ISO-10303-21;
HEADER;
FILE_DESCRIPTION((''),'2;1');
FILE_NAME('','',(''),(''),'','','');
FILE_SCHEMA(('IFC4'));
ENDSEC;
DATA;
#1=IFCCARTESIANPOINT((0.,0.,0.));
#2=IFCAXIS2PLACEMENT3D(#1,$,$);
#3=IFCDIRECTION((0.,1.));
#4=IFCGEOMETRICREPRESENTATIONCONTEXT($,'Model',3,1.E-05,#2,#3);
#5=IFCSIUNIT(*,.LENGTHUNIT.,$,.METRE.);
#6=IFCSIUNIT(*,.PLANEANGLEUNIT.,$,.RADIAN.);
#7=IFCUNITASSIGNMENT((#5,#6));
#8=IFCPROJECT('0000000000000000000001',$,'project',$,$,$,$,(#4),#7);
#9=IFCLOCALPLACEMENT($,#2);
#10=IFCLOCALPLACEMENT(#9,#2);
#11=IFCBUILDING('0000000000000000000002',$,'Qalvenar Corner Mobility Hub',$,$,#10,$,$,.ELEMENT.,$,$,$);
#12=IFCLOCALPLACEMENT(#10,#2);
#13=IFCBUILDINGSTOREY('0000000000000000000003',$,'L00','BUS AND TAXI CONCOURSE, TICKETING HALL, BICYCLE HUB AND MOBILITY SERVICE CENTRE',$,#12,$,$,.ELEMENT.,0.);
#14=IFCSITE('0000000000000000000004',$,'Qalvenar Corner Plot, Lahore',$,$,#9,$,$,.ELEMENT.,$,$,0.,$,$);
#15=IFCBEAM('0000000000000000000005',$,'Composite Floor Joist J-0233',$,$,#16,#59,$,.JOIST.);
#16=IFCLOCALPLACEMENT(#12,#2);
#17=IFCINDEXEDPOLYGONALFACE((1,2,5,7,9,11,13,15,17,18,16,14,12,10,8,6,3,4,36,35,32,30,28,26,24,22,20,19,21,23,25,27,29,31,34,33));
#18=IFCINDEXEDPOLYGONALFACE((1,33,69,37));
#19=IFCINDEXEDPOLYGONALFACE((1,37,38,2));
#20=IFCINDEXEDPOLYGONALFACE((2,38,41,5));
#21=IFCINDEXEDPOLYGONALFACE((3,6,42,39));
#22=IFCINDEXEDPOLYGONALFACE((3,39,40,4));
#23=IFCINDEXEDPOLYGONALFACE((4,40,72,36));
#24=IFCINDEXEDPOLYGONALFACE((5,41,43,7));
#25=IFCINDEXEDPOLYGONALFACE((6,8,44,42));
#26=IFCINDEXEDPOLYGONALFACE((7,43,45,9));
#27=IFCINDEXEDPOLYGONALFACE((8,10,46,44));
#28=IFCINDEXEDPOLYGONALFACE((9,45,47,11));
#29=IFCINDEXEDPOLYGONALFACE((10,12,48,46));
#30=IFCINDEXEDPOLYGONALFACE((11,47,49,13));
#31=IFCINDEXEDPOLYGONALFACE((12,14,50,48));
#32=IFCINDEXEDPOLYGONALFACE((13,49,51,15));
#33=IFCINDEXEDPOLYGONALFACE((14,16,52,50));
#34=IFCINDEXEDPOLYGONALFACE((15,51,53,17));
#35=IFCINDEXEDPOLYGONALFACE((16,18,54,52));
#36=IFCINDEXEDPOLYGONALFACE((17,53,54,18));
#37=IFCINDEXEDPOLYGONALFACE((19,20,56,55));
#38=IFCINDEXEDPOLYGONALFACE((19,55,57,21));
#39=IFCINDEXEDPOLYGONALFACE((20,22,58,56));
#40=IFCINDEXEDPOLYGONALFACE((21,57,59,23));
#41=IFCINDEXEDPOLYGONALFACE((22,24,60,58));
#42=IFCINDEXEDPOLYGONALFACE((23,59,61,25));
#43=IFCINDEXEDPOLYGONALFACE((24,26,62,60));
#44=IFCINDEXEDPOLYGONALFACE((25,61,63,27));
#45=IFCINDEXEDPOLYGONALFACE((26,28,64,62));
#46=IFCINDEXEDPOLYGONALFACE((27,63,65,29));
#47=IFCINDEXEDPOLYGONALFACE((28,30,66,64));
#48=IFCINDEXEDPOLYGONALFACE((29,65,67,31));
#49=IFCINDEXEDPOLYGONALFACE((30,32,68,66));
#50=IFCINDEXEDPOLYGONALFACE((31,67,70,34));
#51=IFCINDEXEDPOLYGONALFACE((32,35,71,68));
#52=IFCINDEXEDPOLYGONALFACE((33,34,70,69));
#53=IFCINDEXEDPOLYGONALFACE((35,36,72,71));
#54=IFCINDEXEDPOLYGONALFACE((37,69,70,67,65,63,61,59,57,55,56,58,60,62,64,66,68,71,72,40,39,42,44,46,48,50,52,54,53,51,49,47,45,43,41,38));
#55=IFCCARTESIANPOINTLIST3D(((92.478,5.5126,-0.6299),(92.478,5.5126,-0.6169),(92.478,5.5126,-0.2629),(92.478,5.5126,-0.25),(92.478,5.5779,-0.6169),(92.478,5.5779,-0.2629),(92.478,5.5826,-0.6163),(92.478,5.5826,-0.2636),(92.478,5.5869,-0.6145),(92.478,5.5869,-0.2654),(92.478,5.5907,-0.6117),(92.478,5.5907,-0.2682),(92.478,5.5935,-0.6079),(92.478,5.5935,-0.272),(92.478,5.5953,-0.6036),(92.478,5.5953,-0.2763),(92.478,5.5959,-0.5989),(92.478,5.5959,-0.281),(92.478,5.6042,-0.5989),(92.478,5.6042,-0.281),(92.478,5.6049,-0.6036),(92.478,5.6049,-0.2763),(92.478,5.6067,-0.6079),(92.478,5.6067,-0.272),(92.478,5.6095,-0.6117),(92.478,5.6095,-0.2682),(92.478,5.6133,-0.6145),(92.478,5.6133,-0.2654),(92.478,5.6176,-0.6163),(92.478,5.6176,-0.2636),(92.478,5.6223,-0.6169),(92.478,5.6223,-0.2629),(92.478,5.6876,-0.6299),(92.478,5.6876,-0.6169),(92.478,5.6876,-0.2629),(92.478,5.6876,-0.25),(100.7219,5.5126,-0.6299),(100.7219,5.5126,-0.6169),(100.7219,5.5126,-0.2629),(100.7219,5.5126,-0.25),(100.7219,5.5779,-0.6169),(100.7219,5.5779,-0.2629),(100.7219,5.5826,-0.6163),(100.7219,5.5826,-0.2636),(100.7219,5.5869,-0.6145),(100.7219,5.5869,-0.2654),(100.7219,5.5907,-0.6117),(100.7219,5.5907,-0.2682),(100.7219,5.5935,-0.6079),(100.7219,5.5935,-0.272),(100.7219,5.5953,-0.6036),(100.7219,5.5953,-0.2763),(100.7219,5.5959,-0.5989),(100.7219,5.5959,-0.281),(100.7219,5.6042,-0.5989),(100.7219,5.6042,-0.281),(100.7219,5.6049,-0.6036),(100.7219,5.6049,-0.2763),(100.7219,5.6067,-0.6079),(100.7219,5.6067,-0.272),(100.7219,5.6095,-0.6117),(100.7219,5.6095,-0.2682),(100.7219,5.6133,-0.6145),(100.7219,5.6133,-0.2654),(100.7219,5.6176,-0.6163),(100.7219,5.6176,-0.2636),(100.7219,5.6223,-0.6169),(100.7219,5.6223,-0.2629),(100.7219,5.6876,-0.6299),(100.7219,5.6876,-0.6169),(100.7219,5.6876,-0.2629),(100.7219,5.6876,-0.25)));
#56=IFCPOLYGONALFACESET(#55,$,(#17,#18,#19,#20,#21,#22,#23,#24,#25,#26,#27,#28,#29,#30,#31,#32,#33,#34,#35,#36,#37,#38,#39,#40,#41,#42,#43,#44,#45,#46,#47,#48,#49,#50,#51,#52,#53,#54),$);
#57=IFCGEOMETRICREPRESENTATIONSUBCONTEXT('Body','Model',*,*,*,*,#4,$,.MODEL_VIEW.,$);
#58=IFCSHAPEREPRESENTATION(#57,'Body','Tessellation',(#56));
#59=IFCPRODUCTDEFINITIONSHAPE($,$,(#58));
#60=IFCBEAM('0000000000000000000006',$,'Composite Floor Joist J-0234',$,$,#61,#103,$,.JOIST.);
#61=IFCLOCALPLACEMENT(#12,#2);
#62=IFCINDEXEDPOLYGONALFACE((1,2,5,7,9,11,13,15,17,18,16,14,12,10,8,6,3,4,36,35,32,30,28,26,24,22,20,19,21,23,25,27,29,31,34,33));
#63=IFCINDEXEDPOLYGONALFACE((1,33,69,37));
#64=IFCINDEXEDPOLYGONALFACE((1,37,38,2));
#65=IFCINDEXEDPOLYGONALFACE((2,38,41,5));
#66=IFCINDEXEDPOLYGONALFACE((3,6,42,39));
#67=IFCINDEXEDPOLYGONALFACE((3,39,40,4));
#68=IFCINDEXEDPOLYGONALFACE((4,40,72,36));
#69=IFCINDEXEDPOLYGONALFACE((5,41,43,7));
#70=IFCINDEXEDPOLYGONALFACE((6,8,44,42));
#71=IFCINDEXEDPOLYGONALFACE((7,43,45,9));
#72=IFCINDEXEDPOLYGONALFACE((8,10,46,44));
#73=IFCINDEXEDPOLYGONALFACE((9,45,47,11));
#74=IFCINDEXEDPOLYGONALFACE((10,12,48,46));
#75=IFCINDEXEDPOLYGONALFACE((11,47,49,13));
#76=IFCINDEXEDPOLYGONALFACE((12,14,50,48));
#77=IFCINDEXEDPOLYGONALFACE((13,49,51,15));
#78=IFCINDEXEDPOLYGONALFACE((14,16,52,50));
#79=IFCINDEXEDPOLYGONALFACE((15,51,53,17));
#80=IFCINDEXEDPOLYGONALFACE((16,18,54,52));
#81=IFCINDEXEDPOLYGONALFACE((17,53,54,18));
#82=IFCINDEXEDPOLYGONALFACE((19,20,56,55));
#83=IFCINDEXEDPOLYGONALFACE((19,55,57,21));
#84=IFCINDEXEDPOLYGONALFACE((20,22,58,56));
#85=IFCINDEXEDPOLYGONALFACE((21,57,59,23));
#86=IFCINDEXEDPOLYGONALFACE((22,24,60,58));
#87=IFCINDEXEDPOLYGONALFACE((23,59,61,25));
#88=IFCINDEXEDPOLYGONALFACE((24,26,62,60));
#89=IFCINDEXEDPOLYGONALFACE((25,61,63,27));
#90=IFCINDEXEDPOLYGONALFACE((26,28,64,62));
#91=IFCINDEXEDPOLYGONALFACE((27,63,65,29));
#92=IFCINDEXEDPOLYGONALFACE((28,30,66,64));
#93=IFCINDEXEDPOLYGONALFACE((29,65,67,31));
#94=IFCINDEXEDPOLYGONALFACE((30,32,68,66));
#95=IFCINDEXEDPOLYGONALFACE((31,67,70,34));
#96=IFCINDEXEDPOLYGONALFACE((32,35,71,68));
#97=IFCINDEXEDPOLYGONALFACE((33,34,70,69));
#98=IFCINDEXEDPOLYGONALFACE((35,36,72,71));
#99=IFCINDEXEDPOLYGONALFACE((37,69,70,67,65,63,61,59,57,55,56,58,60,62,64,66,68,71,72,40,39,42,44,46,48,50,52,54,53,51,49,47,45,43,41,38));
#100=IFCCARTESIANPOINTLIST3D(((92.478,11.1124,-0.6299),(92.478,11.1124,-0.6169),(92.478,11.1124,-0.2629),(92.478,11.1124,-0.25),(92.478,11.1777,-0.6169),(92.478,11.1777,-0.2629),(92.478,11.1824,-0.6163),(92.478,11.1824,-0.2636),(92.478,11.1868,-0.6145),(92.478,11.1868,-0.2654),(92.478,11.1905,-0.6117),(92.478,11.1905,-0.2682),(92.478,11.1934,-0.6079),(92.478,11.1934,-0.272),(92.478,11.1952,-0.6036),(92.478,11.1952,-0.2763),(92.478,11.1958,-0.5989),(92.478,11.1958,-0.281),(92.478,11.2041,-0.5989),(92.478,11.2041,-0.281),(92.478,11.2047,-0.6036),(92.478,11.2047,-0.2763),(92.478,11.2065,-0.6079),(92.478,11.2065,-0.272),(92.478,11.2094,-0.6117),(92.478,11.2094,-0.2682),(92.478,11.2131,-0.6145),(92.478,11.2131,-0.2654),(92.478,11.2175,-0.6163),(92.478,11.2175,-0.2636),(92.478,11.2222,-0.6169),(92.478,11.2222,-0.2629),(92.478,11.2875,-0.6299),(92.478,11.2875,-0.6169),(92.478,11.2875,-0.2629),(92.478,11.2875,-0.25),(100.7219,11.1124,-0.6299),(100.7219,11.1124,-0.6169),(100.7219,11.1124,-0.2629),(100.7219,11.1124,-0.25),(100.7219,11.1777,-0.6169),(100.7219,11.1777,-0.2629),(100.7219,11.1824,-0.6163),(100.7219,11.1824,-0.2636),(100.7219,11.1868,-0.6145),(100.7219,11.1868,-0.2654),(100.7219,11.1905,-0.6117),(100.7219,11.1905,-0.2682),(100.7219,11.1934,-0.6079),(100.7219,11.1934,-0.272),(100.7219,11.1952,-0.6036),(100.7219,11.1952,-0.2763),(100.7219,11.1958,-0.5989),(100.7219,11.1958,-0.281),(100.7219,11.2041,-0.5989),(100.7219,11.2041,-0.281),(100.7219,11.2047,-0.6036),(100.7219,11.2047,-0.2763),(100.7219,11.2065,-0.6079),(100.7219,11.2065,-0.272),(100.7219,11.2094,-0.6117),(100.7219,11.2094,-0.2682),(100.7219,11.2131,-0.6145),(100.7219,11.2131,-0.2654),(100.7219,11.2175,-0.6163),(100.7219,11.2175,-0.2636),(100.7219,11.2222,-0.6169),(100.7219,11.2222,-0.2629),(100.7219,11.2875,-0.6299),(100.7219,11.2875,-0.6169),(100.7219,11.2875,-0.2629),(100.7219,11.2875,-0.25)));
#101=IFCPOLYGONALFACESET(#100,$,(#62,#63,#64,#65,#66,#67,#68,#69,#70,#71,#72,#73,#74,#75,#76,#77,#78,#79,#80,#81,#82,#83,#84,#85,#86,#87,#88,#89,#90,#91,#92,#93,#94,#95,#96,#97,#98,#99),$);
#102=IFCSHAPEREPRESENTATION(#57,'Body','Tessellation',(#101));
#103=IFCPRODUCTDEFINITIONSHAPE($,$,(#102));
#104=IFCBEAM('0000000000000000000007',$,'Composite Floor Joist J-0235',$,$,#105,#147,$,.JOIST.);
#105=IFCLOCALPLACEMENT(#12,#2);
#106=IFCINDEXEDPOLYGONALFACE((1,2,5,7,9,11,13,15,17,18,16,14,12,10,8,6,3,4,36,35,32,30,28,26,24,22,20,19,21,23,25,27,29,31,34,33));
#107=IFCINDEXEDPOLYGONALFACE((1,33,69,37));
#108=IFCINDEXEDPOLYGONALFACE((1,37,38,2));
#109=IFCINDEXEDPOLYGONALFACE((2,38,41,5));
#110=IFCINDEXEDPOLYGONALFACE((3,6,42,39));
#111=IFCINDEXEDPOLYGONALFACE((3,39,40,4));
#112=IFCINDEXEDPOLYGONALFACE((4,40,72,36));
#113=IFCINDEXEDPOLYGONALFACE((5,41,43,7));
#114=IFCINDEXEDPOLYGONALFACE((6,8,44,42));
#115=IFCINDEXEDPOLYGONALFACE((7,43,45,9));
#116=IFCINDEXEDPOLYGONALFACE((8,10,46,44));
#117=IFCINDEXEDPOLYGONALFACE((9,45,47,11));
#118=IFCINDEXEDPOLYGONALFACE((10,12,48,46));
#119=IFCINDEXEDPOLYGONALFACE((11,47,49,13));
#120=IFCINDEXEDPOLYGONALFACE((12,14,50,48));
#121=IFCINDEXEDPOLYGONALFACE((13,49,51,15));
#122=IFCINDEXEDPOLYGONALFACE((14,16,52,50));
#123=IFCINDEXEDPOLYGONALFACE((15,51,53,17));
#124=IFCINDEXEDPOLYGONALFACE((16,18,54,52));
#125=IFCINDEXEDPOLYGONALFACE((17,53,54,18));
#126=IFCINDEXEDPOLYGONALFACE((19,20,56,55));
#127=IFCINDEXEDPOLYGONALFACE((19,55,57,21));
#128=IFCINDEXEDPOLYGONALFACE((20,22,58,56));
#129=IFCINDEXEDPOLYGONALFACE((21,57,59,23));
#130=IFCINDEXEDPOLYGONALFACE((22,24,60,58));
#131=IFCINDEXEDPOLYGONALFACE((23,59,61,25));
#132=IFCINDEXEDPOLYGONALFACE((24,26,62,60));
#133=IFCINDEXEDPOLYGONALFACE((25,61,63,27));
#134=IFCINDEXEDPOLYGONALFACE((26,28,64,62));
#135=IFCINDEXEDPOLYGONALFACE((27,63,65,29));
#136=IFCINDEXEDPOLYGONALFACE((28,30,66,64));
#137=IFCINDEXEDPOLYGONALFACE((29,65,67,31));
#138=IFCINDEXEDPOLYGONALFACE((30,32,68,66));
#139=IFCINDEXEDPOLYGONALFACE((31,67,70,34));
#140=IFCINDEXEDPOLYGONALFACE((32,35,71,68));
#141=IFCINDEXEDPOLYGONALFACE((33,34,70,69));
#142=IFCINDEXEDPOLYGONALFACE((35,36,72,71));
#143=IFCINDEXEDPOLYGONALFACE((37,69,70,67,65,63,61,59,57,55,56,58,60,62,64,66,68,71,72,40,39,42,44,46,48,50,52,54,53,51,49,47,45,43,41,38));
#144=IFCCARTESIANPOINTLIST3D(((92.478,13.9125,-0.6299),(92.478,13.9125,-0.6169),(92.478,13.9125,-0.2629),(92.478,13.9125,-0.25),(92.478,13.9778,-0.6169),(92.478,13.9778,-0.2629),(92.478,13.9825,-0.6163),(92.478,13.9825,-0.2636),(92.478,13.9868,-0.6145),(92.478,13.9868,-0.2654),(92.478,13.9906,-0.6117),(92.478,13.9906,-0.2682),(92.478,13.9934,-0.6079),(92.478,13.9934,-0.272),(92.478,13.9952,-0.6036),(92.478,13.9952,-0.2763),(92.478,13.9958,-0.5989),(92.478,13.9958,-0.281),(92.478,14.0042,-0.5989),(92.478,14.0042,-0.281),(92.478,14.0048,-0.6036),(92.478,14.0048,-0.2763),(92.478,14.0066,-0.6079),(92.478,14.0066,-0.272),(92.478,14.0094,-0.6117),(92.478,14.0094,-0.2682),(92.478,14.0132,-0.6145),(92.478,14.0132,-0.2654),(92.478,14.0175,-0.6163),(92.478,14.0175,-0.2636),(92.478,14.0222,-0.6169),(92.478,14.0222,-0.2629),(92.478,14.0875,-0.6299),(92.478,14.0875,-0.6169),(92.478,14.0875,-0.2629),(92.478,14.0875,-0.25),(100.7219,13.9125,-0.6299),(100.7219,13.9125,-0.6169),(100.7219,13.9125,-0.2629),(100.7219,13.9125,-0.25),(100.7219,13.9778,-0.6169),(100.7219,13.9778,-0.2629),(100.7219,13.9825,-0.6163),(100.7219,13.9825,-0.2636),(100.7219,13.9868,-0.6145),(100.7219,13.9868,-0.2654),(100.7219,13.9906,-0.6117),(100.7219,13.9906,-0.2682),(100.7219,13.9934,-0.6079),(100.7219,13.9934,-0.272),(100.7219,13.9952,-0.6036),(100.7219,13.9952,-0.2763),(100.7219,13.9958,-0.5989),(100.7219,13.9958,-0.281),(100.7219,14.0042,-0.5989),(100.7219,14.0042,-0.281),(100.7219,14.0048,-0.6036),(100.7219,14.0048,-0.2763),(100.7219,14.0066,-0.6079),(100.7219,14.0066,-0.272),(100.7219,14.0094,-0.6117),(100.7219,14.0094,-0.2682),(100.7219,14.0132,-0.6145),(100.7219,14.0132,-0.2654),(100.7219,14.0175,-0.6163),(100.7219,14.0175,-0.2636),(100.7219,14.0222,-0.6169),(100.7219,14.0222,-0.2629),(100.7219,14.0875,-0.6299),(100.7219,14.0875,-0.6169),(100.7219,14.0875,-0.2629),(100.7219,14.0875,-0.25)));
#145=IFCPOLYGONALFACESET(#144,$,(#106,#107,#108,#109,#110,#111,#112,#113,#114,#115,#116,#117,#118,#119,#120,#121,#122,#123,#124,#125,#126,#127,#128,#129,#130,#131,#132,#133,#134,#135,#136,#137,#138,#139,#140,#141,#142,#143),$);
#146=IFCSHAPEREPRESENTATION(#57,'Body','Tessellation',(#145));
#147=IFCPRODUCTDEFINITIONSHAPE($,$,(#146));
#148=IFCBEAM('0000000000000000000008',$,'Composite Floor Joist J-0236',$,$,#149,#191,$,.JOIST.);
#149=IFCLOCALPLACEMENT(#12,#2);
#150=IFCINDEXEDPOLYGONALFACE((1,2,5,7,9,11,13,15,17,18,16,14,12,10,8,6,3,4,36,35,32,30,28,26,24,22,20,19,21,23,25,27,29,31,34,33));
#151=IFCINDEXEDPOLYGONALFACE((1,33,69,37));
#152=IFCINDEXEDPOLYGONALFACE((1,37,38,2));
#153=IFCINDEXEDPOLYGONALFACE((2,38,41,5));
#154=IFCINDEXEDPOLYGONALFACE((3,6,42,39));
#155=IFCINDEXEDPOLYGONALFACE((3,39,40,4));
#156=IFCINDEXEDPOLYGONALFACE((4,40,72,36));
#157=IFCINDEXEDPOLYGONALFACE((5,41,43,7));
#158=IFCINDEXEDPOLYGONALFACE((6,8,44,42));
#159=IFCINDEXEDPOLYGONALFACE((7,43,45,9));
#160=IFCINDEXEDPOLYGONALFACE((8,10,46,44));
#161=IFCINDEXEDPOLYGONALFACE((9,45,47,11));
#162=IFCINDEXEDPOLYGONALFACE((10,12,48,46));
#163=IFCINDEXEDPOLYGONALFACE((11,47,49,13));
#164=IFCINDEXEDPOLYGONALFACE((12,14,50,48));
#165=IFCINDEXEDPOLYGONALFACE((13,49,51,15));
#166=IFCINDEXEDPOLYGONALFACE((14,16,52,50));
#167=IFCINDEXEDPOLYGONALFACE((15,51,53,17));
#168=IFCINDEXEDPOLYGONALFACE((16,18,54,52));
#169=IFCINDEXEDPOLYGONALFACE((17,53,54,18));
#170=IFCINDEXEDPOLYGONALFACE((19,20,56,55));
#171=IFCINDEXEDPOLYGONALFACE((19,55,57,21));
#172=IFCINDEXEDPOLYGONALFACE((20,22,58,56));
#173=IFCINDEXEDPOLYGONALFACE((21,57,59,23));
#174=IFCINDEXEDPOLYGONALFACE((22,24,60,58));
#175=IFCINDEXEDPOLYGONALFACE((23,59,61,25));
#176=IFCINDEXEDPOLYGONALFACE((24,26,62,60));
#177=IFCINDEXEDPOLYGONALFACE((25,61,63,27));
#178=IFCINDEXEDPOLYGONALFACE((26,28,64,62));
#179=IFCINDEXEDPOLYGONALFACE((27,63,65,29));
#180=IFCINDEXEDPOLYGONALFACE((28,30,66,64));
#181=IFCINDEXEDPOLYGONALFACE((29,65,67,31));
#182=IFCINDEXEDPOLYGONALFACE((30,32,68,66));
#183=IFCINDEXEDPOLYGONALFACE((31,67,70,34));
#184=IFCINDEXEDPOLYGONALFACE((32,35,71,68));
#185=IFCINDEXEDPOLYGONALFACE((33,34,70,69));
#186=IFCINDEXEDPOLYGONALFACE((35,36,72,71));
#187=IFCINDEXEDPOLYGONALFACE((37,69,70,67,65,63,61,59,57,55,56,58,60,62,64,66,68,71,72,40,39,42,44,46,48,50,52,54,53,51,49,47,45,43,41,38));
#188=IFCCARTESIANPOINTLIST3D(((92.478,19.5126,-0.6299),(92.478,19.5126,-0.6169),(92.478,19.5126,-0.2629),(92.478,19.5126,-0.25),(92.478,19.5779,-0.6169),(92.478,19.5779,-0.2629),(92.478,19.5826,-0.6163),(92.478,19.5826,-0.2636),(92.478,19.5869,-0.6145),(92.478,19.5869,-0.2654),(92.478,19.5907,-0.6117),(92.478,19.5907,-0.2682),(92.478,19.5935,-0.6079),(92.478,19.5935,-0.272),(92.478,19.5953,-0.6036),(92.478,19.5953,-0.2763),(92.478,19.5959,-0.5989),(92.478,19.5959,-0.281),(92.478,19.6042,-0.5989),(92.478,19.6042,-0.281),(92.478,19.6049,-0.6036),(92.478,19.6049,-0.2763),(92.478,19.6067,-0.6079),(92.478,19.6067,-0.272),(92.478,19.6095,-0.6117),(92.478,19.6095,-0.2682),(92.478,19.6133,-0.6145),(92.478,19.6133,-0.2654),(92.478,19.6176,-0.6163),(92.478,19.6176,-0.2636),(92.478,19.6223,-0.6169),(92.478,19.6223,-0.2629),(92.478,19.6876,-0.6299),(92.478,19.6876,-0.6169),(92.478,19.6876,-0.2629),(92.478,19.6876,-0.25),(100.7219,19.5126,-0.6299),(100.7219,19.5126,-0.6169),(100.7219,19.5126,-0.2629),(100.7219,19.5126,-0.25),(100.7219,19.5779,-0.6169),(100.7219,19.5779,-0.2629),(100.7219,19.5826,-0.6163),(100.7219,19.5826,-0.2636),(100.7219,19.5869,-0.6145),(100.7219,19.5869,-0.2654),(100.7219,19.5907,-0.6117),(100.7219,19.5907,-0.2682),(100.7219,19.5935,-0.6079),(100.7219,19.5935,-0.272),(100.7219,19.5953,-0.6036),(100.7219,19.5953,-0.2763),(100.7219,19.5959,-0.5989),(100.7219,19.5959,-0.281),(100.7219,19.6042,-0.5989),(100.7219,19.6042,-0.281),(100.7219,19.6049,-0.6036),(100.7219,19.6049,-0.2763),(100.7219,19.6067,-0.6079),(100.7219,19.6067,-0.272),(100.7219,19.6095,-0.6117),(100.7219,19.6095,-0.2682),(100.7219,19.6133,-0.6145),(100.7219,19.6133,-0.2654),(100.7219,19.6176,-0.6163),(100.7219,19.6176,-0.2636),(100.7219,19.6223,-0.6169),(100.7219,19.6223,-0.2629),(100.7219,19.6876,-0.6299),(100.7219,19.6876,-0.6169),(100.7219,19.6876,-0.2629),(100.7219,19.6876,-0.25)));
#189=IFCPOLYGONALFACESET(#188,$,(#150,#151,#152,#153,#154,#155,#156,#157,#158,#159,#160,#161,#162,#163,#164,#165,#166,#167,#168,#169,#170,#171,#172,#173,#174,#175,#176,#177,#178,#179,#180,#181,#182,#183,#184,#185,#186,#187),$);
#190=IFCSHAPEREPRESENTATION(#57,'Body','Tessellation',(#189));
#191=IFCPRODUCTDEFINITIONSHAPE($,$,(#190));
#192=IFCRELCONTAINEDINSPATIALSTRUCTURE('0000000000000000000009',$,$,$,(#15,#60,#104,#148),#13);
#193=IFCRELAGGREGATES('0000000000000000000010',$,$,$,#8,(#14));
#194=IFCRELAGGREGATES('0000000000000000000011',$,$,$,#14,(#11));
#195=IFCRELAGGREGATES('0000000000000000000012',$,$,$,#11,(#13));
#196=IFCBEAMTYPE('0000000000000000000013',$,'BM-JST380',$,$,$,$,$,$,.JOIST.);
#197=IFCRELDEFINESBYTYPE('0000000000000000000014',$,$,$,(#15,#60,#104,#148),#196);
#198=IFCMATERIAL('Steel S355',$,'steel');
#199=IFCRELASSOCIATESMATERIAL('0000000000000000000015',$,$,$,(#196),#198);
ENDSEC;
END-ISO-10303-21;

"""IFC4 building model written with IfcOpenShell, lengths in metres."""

from ifc_helpers import new_model, si_unit, direction, frame, origin, origin_2d, place, context, subcontext, project, spatial, i_section, extrude, material, material_profile, profile_set, type_object, element, save


model = new_model("IFC4")

# Units and contexts
model_context = context("Model", 3, precision=1e-05, world=origin(), true_north=direction((0.0, 1.0)))
body_context = subcontext(model_context, "Body", "Model", "MODEL_VIEW")
ifc_project = project(units=[si_unit("LENGTHUNIT", "METRE"), si_unit("PLANEANGLEUNIT", "RADIAN")], contexts=[model_context])

# Site, building, storey
site_placement = place(None, origin())
site = spatial("IfcSite", under=ifc_project, at=site_placement, Name="Qalvenar Corner Plot, Lahore", CompositionType="ELEMENT", RefElevation=0.0)
building_placement = place(site_placement, origin())
building = spatial("IfcBuilding", under=site, at=building_placement, Name="Qalvenar Corner Mobility Hub", CompositionType="ELEMENT")
storey_placement = place(building_placement, origin())
storey = spatial("IfcBuildingStorey", under=building, at=storey_placement, Name="L00", Description="BUS AND TAXI CONCOURSE, TICKETING HALL, BICYCLE HUB AND MOBILITY SERVICE CENTRE", CompositionType="ELEMENT", Elevation=0.0)

# Shared definitions
ifc_material_1 = material(Name="Steel S355", Category="steel")

# Beams
ifc_material_profile_1 = material_profile(ifc_material_1, i_section(OverallWidth=0.175, OverallDepth=0.3799, WebThickness=0.0083, FlangeThickness=0.0129, FilletRadius=0.0181, at=origin_2d()), Name="IPE380-EQ")
ifc_profile_set_1 = profile_set([ifc_material_profile_1], Name="Steel S355")
beam_type_1 = type_object("IfcBeamType", Name="BM-JST380", PredefinedType="JOIST", material=ifc_profile_set_1)
for number, where, z_axis, x_axis, name in (
    (1, (92.478, 5.6001, -0.4399), (1.0, 0.0, 0.0), (0.0, 1.0, 0.0), "Composite Floor Joist J-0233"),
    (2, (92.478, 11.2, -0.4399), (1.0, 0.0, 0.0), (0.0, 1.0, 0.0), "Composite Floor Joist J-0234"),
    (3, (92.478, 14.0, -0.4399), (1.0, 0.0, 0.0), (0.0, 1.0, 0.0), "Composite Floor Joist J-0235"),
    (4, (92.478, 19.6001, -0.4399), (1.0, 0.0, 0.0), (0.0, 1.0, 0.0), "Composite Floor Joist J-0236"),
):
    element("IfcBeam", number, at=place(storey_placement, frame(where, z_axis=z_axis, x_axis=x_axis)), inside=storey, type_object=beam_type_1, Name=name, PredefinedType="JOIST", context=body_context, shape_type="SweptSolid", body=[
        extrude(i_section(OverallWidth=0.175, OverallDepth=0.3799, WebThickness=0.0083, FlangeThickness=0.0129, FilletRadius=0.0181, at=origin_2d()), origin(), (0.0, 0.0, 1.0), 8.2439),
    ])

save(model, "model.ifc")
